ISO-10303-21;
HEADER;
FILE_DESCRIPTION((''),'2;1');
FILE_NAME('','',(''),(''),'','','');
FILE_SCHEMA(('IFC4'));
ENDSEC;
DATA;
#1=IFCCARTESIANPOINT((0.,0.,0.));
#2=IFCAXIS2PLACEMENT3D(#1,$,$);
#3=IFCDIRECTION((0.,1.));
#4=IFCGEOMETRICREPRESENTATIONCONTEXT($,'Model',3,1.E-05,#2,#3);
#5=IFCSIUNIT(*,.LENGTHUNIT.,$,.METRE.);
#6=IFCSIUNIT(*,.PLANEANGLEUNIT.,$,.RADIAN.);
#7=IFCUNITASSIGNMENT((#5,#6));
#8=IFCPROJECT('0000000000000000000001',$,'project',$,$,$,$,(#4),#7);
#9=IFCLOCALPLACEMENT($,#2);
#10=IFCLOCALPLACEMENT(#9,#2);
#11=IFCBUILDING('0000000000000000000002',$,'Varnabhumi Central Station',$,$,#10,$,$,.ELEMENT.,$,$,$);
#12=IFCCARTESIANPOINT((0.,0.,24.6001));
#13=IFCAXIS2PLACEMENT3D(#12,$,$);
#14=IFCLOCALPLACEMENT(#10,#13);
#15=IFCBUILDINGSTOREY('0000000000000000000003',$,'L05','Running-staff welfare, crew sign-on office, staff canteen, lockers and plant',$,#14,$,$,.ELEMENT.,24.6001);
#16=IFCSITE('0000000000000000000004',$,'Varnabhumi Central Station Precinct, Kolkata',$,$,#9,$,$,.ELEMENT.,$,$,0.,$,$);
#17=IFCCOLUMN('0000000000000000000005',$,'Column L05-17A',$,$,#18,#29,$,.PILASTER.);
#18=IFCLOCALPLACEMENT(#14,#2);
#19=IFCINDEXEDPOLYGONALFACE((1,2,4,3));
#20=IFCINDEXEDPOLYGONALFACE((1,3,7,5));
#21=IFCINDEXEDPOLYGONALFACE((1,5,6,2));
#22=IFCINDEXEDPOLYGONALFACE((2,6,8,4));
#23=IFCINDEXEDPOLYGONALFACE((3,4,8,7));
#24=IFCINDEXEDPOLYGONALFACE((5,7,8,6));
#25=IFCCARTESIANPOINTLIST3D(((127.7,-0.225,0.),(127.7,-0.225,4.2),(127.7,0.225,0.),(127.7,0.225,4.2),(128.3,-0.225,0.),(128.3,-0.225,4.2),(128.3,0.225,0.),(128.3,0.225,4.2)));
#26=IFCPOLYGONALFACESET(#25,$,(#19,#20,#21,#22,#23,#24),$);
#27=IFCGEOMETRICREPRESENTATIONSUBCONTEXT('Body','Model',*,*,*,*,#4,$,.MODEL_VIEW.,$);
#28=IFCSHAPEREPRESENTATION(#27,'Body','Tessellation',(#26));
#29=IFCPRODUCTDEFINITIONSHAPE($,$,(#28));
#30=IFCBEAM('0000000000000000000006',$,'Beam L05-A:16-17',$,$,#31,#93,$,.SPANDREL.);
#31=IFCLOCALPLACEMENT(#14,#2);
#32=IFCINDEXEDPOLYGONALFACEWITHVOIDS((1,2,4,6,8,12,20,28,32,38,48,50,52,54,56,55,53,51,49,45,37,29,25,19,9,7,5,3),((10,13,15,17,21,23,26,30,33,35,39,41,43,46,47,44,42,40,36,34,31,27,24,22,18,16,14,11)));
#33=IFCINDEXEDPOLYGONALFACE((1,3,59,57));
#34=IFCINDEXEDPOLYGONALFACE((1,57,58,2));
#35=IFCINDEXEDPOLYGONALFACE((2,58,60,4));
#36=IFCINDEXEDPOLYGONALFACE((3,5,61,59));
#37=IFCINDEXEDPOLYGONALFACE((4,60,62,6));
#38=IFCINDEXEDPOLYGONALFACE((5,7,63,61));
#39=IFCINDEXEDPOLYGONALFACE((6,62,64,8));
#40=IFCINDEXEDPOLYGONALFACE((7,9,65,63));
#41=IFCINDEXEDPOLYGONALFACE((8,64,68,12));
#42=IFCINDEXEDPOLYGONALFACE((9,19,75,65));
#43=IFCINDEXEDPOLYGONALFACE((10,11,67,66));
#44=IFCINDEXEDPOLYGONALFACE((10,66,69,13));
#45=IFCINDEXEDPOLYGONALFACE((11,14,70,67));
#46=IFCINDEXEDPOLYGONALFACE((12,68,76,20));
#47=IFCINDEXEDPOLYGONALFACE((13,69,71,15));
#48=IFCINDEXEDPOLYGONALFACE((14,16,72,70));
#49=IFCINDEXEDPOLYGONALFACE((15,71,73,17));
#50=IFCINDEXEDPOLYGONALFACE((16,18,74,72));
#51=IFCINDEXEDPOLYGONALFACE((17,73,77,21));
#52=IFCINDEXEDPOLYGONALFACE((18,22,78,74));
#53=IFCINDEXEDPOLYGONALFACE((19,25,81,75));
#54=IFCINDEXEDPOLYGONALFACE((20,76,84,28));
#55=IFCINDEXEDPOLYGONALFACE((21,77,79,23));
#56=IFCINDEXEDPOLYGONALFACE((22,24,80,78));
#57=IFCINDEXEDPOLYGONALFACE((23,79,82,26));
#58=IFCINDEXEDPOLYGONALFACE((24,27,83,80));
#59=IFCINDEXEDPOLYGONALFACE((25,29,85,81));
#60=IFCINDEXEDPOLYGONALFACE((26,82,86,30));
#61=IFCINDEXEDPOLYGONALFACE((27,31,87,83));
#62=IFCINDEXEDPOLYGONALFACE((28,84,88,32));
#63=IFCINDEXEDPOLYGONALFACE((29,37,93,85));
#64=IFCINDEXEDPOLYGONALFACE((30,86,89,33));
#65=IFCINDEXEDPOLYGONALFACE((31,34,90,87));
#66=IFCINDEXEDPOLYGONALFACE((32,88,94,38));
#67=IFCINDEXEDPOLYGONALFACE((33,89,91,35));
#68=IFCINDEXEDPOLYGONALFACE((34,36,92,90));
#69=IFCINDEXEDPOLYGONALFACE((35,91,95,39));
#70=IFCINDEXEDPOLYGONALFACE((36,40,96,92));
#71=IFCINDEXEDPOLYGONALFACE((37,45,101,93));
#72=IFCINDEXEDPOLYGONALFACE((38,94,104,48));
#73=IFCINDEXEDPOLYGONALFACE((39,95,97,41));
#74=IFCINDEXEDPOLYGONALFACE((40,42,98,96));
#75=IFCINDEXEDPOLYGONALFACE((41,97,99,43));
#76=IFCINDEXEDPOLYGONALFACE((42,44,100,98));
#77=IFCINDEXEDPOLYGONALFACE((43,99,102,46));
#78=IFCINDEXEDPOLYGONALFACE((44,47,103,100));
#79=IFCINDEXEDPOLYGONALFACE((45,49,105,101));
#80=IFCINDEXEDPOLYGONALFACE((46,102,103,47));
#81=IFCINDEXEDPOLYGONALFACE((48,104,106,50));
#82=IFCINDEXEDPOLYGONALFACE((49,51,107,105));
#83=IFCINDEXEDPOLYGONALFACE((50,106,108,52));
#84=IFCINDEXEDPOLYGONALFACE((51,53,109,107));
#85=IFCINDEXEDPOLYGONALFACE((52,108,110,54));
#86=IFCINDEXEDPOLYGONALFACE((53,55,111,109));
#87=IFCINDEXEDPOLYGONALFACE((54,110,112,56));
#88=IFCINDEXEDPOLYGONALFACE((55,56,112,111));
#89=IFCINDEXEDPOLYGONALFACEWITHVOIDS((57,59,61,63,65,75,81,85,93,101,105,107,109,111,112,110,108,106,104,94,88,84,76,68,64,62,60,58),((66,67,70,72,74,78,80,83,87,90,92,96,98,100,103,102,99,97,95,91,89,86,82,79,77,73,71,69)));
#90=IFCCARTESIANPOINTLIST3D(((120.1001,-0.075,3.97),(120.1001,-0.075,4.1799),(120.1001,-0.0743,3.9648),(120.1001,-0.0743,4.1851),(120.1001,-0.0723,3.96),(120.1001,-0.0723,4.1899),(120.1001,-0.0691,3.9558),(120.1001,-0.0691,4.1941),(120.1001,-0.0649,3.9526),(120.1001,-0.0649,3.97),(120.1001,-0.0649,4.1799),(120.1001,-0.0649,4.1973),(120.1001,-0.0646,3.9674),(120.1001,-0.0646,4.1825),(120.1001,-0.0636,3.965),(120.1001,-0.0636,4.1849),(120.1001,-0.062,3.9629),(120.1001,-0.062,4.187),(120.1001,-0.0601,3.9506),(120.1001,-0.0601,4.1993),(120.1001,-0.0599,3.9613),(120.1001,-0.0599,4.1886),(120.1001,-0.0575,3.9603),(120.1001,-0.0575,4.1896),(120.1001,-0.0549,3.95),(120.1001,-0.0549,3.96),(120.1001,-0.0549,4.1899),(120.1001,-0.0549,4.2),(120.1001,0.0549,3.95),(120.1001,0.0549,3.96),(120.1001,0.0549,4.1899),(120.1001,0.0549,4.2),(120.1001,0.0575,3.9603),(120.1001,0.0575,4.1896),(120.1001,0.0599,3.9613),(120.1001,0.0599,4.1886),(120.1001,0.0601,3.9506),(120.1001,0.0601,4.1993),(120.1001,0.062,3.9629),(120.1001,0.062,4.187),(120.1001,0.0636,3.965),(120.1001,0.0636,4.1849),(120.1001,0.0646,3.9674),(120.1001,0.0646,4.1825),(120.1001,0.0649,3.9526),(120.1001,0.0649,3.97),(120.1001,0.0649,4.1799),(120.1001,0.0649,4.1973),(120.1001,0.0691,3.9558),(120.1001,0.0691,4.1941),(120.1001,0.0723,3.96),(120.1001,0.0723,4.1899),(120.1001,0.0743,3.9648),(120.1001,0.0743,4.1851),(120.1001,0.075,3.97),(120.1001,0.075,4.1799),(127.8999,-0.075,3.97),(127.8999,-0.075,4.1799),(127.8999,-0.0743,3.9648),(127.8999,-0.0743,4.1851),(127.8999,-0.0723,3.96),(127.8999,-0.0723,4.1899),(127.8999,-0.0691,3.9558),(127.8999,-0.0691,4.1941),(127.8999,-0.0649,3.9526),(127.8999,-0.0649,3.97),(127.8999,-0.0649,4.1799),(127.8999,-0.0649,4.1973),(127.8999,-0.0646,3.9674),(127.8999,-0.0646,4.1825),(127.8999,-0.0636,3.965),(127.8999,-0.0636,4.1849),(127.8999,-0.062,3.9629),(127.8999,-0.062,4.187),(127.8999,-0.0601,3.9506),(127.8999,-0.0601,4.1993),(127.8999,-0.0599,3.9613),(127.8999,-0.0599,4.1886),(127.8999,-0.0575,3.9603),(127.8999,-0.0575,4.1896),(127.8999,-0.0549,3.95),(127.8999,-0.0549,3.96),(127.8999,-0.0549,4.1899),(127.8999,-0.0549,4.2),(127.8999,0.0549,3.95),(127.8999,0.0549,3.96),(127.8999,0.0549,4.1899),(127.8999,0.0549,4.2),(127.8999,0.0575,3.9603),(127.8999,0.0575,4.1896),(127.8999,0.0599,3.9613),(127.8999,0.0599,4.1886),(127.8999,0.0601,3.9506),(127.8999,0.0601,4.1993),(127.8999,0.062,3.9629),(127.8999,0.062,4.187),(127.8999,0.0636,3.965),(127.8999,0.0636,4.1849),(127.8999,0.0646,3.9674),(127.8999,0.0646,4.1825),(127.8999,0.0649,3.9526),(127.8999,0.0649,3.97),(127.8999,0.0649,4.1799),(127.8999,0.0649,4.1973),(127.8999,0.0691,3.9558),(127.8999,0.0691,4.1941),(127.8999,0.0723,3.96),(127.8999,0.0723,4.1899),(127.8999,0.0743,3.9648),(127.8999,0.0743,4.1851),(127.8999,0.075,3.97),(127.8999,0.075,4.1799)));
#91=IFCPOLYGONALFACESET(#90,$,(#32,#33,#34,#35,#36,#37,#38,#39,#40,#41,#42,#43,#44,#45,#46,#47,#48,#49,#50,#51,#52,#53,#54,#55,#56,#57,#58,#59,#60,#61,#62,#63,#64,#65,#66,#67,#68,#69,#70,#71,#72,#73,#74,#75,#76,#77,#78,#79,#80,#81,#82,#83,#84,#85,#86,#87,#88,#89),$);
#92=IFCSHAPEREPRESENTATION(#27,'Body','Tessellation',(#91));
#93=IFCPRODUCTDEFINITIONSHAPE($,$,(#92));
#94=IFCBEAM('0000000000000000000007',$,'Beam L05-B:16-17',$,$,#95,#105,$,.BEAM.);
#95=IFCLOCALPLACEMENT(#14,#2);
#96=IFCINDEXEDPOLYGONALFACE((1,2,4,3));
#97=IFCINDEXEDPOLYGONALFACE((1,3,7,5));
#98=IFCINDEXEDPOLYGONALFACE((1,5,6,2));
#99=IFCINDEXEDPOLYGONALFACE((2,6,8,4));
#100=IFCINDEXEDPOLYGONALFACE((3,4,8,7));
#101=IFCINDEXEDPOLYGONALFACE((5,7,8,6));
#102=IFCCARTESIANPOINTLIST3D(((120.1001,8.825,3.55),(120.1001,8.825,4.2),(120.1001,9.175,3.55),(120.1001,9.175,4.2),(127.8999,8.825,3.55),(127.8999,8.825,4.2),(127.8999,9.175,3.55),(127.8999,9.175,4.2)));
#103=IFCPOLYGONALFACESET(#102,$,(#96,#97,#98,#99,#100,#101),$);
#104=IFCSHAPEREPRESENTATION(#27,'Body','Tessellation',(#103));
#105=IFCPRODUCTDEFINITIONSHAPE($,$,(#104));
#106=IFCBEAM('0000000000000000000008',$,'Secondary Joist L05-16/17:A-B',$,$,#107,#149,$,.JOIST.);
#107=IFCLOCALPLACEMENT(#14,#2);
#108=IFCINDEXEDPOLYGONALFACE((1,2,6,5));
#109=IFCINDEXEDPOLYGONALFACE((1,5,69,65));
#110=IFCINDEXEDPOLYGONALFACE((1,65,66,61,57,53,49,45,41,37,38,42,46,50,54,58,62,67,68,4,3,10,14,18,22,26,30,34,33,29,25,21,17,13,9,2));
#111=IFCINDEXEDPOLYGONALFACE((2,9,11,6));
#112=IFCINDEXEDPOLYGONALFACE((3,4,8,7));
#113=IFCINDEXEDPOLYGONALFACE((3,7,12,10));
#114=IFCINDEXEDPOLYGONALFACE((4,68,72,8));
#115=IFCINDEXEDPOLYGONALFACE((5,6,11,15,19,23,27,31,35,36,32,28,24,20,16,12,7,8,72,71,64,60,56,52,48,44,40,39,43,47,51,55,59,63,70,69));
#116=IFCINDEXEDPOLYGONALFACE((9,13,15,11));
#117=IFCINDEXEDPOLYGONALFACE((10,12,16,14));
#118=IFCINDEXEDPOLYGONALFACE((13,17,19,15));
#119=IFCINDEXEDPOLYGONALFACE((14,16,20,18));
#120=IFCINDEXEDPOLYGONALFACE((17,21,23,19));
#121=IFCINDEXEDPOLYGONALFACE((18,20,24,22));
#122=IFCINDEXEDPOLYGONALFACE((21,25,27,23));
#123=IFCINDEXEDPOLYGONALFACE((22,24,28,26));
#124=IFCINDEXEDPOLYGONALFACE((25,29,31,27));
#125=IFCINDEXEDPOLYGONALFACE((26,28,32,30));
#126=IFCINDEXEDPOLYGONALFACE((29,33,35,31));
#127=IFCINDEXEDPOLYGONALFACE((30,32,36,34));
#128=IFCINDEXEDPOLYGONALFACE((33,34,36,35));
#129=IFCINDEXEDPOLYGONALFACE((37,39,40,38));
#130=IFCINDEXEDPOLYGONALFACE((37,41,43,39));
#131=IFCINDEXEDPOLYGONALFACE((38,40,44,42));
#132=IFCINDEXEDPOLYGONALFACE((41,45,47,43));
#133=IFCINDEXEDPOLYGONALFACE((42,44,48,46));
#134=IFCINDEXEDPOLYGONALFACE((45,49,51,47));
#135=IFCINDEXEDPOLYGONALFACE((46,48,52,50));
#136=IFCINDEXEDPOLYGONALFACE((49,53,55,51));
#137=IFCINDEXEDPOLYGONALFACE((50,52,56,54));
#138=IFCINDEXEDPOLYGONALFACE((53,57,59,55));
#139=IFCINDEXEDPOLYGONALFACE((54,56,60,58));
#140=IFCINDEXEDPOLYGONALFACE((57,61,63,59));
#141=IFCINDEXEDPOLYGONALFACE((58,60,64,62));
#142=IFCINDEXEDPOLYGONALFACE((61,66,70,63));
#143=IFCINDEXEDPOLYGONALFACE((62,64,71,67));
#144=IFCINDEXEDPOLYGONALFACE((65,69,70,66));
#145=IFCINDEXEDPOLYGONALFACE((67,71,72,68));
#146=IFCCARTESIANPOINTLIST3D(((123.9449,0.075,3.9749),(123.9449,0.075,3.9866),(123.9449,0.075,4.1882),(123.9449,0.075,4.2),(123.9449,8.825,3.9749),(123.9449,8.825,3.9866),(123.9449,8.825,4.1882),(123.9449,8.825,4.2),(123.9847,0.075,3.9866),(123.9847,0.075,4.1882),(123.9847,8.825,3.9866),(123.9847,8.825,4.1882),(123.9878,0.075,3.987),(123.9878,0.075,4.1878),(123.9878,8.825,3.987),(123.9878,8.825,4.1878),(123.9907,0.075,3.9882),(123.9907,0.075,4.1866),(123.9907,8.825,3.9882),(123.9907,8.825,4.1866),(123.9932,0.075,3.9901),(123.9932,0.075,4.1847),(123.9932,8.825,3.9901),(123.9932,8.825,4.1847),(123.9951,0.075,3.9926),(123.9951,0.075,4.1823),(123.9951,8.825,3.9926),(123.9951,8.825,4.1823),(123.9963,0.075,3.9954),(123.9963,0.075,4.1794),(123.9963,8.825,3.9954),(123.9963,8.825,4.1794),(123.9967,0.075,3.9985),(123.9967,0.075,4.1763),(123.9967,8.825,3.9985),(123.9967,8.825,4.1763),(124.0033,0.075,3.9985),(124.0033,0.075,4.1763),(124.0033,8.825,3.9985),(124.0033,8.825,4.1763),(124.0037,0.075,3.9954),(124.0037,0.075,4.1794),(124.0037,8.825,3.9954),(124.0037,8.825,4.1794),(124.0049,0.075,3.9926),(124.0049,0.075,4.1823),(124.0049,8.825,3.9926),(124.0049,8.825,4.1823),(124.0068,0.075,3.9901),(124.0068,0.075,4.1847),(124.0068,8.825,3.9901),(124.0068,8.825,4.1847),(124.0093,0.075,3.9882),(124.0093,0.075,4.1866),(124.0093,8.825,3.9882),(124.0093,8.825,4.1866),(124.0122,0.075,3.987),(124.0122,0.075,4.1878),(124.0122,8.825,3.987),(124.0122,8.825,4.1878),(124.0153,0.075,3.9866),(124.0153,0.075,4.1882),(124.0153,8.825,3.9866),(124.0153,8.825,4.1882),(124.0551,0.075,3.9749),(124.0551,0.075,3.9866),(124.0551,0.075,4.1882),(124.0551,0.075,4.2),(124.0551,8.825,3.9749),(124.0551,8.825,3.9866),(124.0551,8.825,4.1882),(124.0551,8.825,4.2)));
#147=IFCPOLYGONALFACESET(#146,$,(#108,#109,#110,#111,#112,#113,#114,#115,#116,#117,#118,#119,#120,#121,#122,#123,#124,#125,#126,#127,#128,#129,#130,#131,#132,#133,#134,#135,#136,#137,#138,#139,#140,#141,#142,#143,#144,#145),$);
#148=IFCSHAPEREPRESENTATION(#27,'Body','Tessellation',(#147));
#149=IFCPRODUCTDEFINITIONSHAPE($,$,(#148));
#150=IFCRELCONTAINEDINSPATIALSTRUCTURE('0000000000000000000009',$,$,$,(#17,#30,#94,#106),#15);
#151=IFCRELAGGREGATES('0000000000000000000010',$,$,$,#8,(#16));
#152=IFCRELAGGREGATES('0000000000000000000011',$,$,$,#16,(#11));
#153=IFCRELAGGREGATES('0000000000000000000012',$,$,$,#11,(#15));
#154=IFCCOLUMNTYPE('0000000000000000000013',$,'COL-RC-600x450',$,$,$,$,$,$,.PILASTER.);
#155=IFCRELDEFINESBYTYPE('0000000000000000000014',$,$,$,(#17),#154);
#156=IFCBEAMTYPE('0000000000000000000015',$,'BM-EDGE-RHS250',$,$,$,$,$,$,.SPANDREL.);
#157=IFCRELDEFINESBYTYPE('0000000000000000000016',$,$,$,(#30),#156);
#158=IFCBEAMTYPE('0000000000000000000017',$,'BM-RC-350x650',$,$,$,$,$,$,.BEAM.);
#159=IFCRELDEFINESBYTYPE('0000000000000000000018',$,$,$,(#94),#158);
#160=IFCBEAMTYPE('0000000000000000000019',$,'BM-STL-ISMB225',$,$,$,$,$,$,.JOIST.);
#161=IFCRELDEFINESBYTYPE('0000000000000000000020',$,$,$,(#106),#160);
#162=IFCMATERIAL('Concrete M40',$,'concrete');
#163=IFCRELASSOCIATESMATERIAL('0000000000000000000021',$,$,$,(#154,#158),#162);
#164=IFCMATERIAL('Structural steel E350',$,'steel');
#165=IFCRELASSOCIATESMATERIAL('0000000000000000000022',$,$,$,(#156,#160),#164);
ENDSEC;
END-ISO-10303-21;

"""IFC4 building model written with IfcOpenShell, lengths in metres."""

from ifc_helpers import new_model, si_unit, direction, frame, origin, origin_2d, place, context, subcontext, project, spatial, rectangle, hollow_rectangle, i_section, extrude, material, material_profile, profile_set, type_object, element, save


model = new_model("IFC4")

# Units and contexts
model_context = context("Model", 3, precision=1e-05, world=origin(), true_north=direction((0.0, 1.0)))
body_context = subcontext(model_context, "Body", "Model", "MODEL_VIEW")
ifc_project = project(units=[si_unit("LENGTHUNIT", "METRE"), si_unit("PLANEANGLEUNIT", "RADIAN")], contexts=[model_context])

# Site, building, storey
site_placement = place(None, origin())
site = spatial("IfcSite", under=ifc_project, at=site_placement, Name="Varnabhumi Central Station Precinct, Kolkata", CompositionType="ELEMENT", RefElevation=0.0)
building_placement = place(site_placement, origin())
building = spatial("IfcBuilding", under=site, at=building_placement, Name="Varnabhumi Central Station", CompositionType="ELEMENT")
storey_placement = place(building_placement, frame((0.0, 0.0, 24.6001)))
storey = spatial("IfcBuildingStorey", under=building, at=storey_placement, Name="L05", Description="Running-staff welfare, crew sign-on office, staff canteen, lockers and plant", CompositionType="ELEMENT", Elevation=24.6001)

# Column
ifc_material_1 = material(Name="Concrete M40", Category="concrete")
ifc_material_profile_1 = material_profile(ifc_material_1, rectangle(XDim=0.6001, YDim=0.45, at=origin_2d()), Name="Concrete M40", Category="concrete")
ifc_profile_set_1 = profile_set([ifc_material_profile_1], Name="Concrete M40")
column_type = type_object("IfcColumnType", Name="COL-RC-600x450", PredefinedType="PILASTER", material=ifc_profile_set_1)
column_placement = place(storey_placement, frame((128.0, 0.0, 0.0), z_axis=(0.0, 0.0, 1.0), x_axis=(1.0, 0.0, 0.0)))
element("IfcColumn", 1, at=column_placement, inside=storey, type_object=column_type, Name="Column L05-17A", PredefinedType="PILASTER", context=body_context, shape_type="SweptSolid", body=[
    extrude(rectangle(XDim=0.6001, YDim=0.45, at=origin_2d()), origin(), (0.0, 0.0, 1.0), 4.2),
])

# Beams
ifc_material_2 = material(Name="Structural steel E350", Category="steel")
ifc_material_profile_2 = material_profile(ifc_material_2, hollow_rectangle(XDim=0.1499, YDim=0.25, WallThickness=0.01, InnerFilletRadius=0.01, OuterFilletRadius=0.02, at=origin_2d()), Name="Structural steel E350", Category="steel")
ifc_profile_set_2 = profile_set([ifc_material_profile_2], Name="Structural steel E350")
beam_type_1 = type_object("IfcBeamType", Name="BM-EDGE-RHS250", PredefinedType="SPANDREL", material=ifc_profile_set_2)
beam_1_placement = place(storey_placement, frame((120.1001, 0.0, 4.075), z_axis=(1.0, 0.0, 0.0), x_axis=(0.0, 1.0, 0.0)))
element("IfcBeam", 2, at=beam_1_placement, inside=storey, type_object=beam_type_1, Name="Beam L05-A:16-17", PredefinedType="SPANDREL", context=body_context, shape_type="SweptSolid", body=[
    extrude(hollow_rectangle(XDim=0.1499, YDim=0.25, WallThickness=0.01, InnerFilletRadius=0.01, OuterFilletRadius=0.02, at=origin_2d()), origin(), (0.0, 0.0, 1.0), 7.7998),
])
ifc_material_profile_3 = material_profile(ifc_material_1, rectangle(XDim=0.3501, YDim=0.6499, at=origin_2d()), Name="Concrete M40", Category="concrete")
ifc_profile_set_3 = profile_set([ifc_material_profile_3], Name="Concrete M40")
beam_type_2 = type_object("IfcBeamType", Name="BM-RC-350x650", PredefinedType="BEAM", material=ifc_profile_set_3)
beam_2_placement = place(storey_placement, frame((120.1001, 9.0, 3.875), z_axis=(1.0, 0.0, 0.0), x_axis=(0.0, 1.0, 0.0)))
element("IfcBeam", 3, at=beam_2_placement, inside=storey, type_object=beam_type_2, Name="Beam L05-B:16-17", PredefinedType="BEAM", context=body_context, shape_type="SweptSolid", body=[
    extrude(rectangle(XDim=0.3501, YDim=0.6499, at=origin_2d()), origin(), (0.0, 0.0, 1.0), 7.7998),
])
ifc_material_profile_4 = material_profile(ifc_material_2, i_section(OverallWidth=0.1101, OverallDepth=0.2251, WebThickness=0.0066, FlangeThickness=0.0117, FilletRadius=0.012, at=origin_2d()), Name="Structural steel E350", Category="steel")
ifc_profile_set_4 = profile_set([ifc_material_profile_4], Name="Structural steel E350")
beam_type_3 = type_object("IfcBeamType", Name="BM-STL-ISMB225", PredefinedType="JOIST", material=ifc_profile_set_4)
beam_3_placement = place(storey_placement, frame((124.0, 0.075, 4.0874), z_axis=(0.0, 1.0, 0.0), x_axis=(-1.0, 0.0, 0.0)))
element("IfcBeam", 4, at=beam_3_placement, inside=storey, type_object=beam_type_3, Name="Secondary Joist L05-16/17:A-B", PredefinedType="JOIST", context=body_context, shape_type="SweptSolid", body=[
    extrude(i_section(OverallWidth=0.1101, OverallDepth=0.2251, WebThickness=0.0066, FlangeThickness=0.0117, FilletRadius=0.012, at=origin_2d()), origin(), (0.0, 0.0, 1.0), 8.75),
])

save(model, "model.ifc")
